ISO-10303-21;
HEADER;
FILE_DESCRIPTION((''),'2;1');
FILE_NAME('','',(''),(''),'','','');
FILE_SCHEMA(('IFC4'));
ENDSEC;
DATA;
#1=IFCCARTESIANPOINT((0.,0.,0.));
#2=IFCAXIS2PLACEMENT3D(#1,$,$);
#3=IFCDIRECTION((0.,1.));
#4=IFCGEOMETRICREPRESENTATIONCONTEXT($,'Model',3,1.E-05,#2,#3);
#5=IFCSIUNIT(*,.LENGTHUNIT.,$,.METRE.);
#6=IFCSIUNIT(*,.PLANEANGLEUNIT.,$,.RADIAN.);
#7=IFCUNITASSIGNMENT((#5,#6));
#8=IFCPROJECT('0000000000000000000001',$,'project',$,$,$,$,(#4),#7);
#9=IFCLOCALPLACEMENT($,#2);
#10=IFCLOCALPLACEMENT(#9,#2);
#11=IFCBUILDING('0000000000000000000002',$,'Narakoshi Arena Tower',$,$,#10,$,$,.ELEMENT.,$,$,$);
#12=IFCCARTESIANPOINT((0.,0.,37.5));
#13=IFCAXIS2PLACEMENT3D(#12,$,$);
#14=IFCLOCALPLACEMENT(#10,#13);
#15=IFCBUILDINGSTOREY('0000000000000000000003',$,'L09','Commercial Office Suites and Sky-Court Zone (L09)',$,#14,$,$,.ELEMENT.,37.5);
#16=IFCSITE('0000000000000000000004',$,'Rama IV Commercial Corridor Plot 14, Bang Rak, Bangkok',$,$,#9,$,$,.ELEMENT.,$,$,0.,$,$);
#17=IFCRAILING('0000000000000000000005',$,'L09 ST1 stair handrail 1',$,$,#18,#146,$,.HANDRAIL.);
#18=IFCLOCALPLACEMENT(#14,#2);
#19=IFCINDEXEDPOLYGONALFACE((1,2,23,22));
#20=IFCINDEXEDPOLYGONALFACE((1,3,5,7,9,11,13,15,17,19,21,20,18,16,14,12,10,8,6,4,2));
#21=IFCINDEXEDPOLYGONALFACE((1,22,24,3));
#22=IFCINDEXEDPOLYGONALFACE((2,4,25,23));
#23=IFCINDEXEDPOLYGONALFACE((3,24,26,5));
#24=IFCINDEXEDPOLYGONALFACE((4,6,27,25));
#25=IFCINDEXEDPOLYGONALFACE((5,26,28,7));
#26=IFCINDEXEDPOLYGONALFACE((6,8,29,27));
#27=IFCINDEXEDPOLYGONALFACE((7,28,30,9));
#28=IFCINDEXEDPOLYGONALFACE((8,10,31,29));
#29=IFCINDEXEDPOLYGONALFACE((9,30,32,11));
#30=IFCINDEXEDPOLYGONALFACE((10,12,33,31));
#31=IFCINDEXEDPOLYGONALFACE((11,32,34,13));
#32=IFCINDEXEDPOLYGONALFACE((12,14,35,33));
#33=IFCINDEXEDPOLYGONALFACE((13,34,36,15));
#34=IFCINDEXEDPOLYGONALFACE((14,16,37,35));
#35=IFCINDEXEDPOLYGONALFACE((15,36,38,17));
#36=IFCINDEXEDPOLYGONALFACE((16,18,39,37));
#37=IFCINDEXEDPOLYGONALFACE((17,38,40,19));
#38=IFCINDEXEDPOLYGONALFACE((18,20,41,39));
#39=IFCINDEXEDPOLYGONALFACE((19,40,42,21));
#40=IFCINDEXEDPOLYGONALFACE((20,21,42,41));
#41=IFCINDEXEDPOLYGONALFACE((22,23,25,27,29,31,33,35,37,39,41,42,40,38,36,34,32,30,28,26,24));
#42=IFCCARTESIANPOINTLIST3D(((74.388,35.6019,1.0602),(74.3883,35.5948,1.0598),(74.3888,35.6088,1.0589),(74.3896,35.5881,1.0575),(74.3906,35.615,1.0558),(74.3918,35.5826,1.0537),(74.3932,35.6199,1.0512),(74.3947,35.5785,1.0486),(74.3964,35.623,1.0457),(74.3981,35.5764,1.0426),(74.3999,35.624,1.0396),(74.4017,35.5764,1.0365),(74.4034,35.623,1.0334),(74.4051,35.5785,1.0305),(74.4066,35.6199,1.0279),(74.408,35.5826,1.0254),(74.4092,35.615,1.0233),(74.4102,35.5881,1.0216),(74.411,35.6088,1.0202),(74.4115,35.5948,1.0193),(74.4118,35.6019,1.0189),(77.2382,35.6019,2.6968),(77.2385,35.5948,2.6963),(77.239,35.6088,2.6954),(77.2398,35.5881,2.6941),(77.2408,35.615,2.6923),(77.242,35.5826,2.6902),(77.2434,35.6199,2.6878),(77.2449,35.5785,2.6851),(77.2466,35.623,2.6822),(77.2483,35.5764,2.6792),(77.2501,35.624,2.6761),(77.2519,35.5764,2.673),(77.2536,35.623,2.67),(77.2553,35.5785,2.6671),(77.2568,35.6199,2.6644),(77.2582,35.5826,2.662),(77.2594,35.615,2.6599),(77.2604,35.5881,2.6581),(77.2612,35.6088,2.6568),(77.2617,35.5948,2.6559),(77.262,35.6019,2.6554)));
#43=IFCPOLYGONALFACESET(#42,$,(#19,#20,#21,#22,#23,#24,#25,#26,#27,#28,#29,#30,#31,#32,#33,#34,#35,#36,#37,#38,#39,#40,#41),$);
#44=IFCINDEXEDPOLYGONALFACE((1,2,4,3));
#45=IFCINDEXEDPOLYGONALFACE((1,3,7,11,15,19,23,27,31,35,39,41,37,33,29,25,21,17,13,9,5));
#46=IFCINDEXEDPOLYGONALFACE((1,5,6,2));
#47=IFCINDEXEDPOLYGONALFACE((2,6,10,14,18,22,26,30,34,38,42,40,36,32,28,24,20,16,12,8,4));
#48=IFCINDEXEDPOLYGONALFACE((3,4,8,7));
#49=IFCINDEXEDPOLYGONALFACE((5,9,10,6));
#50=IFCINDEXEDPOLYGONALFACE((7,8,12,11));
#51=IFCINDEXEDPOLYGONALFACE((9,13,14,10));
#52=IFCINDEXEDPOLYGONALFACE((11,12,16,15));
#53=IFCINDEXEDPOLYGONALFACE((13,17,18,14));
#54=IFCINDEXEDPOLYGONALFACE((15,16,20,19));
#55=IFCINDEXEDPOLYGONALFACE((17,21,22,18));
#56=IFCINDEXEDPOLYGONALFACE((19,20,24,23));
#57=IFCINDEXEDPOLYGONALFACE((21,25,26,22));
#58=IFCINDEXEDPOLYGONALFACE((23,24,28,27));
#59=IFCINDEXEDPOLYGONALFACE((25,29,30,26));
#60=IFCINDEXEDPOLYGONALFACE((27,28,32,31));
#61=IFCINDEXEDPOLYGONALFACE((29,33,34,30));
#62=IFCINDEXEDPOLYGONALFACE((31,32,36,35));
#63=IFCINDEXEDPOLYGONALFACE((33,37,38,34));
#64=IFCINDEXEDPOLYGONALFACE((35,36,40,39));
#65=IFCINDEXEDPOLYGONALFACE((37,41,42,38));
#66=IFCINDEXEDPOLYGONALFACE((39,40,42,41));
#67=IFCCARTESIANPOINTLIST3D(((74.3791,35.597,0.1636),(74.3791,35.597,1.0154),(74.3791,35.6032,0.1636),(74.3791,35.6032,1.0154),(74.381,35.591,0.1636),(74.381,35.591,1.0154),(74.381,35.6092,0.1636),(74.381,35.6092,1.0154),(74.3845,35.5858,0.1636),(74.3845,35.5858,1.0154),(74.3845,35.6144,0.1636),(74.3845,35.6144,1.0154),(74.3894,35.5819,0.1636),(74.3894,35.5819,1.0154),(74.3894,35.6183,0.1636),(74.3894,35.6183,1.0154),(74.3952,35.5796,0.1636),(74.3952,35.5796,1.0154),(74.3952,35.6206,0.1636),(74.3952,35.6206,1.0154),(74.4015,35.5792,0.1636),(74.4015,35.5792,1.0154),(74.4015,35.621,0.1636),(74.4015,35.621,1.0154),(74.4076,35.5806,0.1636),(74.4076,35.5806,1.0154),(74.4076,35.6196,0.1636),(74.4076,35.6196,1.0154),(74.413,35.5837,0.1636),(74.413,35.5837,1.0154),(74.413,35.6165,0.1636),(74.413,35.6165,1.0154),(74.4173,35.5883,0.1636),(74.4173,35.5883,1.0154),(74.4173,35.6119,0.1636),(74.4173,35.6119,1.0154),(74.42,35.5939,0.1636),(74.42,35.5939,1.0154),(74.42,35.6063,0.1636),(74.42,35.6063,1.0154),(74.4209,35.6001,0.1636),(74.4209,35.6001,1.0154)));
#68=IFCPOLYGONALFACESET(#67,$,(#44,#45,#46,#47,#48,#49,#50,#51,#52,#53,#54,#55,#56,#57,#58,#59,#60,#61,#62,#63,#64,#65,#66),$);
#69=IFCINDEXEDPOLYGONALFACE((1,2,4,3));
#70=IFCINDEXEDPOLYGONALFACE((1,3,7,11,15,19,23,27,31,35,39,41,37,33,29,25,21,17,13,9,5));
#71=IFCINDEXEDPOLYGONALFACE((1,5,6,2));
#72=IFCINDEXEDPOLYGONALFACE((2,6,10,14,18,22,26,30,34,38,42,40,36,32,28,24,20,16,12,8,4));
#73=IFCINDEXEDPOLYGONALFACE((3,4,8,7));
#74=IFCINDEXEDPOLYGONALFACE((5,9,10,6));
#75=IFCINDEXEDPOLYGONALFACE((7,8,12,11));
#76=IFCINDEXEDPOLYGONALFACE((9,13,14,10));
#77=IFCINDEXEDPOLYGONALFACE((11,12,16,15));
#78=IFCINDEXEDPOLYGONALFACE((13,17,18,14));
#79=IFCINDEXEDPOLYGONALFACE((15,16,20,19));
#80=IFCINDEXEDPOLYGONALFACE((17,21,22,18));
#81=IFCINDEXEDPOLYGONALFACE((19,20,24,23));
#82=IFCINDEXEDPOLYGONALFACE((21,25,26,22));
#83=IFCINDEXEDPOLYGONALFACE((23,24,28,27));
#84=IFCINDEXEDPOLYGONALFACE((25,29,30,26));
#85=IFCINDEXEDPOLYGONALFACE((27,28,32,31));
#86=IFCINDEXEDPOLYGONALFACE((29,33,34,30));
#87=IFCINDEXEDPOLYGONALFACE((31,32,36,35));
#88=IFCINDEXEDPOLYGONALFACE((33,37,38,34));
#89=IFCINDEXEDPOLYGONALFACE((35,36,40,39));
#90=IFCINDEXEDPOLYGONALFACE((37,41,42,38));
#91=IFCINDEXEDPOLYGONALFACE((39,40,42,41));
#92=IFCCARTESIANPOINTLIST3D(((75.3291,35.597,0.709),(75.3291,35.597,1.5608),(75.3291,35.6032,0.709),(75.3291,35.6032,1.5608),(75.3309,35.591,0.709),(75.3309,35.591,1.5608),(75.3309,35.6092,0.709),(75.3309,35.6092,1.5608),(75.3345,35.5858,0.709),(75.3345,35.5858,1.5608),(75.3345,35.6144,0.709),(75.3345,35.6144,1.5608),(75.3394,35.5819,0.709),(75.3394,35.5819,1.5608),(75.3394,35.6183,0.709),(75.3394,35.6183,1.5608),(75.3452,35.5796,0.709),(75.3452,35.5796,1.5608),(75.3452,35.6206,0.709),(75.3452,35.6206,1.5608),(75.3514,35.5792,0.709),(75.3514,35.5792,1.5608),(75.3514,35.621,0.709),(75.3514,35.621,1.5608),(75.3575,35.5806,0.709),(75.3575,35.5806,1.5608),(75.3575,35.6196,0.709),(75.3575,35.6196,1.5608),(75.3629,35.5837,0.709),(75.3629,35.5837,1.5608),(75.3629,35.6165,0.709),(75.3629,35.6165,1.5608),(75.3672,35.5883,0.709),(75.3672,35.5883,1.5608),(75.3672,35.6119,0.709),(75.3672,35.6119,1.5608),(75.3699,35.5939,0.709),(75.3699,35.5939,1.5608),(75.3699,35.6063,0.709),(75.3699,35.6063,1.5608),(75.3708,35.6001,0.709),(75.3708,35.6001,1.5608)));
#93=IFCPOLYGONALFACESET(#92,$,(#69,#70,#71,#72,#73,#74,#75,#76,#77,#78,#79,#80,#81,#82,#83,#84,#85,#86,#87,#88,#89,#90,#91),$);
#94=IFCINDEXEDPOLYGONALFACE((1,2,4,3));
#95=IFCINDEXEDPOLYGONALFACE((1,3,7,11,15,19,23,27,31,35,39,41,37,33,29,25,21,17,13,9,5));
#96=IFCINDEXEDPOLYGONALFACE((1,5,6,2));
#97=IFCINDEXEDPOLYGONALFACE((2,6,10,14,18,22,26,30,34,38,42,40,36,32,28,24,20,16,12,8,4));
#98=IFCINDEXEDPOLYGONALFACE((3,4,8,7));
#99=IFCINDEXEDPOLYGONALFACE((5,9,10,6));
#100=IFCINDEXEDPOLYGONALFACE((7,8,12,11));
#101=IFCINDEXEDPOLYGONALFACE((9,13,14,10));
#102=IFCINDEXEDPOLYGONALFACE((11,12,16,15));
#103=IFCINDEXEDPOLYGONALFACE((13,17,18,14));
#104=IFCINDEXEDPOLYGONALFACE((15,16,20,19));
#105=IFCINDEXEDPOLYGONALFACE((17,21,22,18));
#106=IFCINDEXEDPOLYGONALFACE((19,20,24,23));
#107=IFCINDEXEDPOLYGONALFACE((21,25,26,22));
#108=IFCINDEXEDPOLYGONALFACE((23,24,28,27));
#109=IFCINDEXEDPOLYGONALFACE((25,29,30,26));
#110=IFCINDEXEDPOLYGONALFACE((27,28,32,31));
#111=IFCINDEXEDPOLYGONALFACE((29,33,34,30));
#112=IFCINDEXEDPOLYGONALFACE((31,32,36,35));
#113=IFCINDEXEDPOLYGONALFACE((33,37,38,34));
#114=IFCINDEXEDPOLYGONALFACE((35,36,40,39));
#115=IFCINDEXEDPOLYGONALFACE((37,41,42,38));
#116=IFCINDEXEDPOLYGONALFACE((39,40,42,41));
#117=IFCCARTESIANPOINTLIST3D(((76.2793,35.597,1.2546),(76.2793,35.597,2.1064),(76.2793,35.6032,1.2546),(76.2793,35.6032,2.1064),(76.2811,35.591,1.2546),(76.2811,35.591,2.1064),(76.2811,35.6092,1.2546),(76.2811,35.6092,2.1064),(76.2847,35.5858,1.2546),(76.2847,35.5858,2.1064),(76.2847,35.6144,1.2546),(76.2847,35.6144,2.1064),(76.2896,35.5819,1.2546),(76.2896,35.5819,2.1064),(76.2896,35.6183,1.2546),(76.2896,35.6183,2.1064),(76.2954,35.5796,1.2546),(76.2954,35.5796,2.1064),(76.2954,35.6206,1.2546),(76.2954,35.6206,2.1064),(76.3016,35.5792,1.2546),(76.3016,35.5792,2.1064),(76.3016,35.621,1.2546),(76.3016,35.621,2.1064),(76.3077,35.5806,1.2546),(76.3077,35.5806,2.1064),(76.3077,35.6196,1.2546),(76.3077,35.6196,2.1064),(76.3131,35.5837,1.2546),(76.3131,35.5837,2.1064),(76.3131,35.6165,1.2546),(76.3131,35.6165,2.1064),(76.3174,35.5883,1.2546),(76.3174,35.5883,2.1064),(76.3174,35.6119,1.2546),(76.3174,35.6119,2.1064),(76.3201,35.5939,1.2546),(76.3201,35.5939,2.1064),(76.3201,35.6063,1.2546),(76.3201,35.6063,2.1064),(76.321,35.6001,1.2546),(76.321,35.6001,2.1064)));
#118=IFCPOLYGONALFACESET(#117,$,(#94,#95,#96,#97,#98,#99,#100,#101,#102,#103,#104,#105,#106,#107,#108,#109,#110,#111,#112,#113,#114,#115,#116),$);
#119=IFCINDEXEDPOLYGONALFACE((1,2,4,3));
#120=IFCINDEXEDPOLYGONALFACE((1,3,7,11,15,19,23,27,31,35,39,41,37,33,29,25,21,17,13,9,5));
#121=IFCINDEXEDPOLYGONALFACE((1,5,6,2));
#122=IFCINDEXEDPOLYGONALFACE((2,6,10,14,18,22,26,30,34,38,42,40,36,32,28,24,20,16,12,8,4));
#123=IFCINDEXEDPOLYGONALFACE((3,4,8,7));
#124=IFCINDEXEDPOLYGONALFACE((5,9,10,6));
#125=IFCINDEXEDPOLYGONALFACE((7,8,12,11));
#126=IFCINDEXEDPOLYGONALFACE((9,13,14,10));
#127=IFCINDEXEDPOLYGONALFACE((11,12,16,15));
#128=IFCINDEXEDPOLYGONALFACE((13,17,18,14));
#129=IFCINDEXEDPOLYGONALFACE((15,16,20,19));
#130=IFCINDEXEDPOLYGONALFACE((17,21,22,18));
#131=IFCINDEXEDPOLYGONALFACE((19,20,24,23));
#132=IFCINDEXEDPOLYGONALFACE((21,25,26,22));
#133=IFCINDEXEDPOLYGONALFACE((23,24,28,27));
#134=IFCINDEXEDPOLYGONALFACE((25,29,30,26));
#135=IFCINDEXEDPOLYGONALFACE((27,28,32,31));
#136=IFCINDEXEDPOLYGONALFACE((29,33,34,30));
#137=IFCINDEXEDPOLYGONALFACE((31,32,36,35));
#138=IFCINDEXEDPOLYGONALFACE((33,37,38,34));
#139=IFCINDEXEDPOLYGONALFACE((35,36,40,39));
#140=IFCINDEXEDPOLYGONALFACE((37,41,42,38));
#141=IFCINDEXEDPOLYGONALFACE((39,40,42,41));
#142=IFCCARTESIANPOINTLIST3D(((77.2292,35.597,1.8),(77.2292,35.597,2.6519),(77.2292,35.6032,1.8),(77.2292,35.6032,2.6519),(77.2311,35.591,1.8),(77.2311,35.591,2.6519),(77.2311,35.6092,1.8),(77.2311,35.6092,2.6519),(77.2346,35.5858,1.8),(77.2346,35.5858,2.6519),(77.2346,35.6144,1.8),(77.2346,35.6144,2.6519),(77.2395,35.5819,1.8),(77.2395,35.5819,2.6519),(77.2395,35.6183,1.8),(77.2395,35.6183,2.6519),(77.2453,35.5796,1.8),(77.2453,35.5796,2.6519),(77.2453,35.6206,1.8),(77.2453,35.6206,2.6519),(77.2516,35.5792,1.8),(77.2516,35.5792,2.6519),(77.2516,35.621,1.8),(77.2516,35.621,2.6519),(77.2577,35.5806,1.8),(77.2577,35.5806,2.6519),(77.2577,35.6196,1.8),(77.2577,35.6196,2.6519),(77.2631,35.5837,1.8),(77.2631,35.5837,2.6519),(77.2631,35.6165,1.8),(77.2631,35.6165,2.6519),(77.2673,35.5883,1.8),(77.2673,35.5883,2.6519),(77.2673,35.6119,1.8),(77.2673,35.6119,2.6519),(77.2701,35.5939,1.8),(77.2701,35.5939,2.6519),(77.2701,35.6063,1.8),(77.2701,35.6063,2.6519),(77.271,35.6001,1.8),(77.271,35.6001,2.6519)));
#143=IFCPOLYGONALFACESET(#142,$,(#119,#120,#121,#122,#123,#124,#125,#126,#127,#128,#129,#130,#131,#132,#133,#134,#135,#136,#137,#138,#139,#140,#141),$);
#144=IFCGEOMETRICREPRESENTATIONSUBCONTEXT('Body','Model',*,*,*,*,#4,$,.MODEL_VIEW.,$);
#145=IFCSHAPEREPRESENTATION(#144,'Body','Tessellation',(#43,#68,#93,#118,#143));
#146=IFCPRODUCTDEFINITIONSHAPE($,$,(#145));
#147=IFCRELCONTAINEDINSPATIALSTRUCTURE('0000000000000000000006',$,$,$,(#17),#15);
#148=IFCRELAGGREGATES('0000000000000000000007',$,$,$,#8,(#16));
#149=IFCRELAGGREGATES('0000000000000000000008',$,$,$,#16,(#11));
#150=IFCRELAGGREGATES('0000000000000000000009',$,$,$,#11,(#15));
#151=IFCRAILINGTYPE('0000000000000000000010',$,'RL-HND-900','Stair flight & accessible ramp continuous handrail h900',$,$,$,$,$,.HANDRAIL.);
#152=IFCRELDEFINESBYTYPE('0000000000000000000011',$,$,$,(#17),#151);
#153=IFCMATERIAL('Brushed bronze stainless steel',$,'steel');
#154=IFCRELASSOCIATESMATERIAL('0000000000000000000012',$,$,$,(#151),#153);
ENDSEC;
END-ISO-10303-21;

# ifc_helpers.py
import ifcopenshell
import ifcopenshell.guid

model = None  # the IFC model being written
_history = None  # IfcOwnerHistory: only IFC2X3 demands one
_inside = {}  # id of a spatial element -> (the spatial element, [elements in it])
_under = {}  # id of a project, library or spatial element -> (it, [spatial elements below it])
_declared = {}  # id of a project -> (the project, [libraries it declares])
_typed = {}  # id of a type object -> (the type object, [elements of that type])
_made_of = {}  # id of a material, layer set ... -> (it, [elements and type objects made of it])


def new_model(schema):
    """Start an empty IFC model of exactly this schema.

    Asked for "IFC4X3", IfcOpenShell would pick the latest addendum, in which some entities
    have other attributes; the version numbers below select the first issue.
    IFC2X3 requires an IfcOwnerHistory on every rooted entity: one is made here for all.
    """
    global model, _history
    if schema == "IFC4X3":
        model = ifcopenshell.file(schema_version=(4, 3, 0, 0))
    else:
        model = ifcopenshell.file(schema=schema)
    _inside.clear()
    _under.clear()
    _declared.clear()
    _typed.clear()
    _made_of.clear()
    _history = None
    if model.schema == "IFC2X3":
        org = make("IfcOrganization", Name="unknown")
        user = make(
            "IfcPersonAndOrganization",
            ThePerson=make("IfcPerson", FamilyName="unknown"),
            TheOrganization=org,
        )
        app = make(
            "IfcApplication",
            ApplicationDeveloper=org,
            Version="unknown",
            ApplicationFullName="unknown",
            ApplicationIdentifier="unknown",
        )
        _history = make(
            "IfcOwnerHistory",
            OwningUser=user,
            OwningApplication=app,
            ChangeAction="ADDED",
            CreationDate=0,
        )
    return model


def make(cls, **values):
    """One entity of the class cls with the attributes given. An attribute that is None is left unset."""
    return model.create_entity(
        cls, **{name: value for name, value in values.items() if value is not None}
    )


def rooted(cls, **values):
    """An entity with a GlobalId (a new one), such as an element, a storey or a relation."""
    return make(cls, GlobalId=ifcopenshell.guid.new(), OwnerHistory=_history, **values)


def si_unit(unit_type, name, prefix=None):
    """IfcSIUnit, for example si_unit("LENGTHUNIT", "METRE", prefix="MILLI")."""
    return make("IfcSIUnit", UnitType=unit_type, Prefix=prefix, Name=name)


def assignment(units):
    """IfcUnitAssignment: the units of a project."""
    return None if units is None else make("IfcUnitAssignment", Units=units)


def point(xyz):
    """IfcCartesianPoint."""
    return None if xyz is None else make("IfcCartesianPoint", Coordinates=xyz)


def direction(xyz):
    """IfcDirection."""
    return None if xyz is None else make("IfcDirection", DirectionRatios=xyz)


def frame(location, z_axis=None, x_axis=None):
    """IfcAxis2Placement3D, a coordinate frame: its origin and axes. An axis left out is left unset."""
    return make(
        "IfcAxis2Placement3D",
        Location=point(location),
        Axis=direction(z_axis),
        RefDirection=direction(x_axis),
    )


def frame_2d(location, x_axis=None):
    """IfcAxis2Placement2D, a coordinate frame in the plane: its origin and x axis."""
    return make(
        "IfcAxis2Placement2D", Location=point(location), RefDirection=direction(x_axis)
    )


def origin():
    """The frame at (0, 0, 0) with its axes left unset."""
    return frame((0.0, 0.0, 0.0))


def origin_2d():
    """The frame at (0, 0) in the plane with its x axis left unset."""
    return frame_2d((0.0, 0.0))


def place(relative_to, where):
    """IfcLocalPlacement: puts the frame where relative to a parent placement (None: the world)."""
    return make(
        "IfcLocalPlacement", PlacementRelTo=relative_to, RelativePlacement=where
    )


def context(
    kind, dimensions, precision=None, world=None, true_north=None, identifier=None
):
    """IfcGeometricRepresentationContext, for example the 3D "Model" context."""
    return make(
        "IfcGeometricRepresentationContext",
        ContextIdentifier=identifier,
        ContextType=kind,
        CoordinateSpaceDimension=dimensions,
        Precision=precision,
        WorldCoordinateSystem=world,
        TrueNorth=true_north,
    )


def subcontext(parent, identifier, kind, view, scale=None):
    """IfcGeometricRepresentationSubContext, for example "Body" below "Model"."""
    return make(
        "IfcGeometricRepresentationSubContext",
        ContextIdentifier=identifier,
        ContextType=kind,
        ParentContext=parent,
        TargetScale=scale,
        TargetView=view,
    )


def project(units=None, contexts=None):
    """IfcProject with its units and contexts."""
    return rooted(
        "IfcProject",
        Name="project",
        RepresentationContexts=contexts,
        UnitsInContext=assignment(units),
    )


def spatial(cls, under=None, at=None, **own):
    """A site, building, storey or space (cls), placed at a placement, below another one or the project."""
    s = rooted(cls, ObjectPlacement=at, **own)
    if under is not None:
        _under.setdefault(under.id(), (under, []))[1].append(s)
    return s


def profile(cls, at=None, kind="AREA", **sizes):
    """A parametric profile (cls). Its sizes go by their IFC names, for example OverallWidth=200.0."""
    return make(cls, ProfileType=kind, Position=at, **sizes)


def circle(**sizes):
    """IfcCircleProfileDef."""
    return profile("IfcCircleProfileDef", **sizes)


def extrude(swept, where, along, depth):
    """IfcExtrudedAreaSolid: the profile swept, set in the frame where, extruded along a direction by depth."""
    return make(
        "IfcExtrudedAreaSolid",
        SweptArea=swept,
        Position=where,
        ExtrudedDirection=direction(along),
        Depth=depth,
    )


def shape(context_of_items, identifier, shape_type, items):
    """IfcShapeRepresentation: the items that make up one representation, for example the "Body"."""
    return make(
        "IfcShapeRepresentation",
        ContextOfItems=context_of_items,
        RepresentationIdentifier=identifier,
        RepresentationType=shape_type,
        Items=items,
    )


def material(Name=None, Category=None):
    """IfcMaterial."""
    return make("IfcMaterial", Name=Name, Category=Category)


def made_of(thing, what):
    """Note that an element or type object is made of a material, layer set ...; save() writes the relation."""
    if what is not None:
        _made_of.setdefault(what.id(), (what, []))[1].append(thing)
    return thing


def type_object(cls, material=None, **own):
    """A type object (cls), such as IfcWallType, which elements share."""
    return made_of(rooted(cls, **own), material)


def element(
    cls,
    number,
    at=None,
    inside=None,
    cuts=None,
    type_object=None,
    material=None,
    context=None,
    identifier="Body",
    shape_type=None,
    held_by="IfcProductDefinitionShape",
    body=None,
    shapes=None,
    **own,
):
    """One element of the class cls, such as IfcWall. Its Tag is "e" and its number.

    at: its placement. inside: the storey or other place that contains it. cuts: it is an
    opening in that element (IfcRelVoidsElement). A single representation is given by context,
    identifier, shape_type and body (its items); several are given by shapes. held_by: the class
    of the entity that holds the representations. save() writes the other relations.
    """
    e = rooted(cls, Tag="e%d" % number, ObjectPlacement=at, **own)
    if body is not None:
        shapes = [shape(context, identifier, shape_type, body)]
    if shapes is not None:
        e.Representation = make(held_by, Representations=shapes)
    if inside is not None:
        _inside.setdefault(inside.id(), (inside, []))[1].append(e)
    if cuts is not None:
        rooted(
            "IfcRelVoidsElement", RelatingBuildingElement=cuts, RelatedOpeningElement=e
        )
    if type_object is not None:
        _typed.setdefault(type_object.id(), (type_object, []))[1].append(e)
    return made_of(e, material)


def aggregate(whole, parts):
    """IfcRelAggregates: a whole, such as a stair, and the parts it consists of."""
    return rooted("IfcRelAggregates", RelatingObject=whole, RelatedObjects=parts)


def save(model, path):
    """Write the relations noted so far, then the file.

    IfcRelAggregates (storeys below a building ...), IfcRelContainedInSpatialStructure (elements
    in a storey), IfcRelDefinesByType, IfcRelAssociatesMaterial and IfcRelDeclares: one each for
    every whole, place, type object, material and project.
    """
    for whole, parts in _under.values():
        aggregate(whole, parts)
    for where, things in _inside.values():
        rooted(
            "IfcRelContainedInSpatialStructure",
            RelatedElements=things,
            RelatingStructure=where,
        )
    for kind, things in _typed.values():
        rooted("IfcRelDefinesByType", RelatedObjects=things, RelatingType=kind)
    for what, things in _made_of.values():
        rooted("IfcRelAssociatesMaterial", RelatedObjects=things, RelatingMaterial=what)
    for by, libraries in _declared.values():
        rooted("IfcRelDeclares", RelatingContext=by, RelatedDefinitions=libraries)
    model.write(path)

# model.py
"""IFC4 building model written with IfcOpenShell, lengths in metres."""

from ifc_helpers import new_model, si_unit, direction, frame, origin, origin_2d, place, context, subcontext, project, spatial, circle, extrude, material, type_object, element, save


model = new_model("IFC4")

# Units and contexts
model_context = context("Model", 3, precision=1e-05, world=origin(), true_north=direction((0.0, 1.0)))
body_context = subcontext(model_context, "Body", "Model", "MODEL_VIEW")
ifc_project = project(units=[si_unit("LENGTHUNIT", "METRE"), si_unit("PLANEANGLEUNIT", "RADIAN")], contexts=[model_context])

# Site, building, storey
site_placement = place(None, origin())
site = spatial("IfcSite", under=ifc_project, at=site_placement, Name="Rama IV Commercial Corridor Plot 14, Bang Rak, Bangkok", CompositionType="ELEMENT", RefElevation=0.0)
building_placement = place(site_placement, origin())
building = spatial("IfcBuilding", under=site, at=building_placement, Name="Narakoshi Arena Tower", CompositionType="ELEMENT")
storey_placement = place(building_placement, frame((0.0, 0.0, 37.5)))
storey = spatial("IfcBuildingStorey", under=building, at=storey_placement, Name="L09", Description="Commercial Office Suites and Sky-Court Zone (L09)", CompositionType="ELEMENT", Elevation=37.5)

# Shared definitions
ifc_material_1 = material(Name="Brushed bronze stainless steel", Category="steel")

# Railing
railing_type_1 = type_object("IfcRailingType", Name="RL-HND-900", Description="Stair flight & accessible ramp continuous handrail h900", PredefinedType="HANDRAIL", material=ifc_material_1)
railing_1_placement = place(storey_placement, frame((74.3999, 35.6001, 0.1636)))
element("IfcRailing", 1, at=railing_1_placement, inside=storey, type_object=railing_type_1, Name="L09 ST1 stair handrail 1", PredefinedType="HANDRAIL", context=body_context, shape_type="SweptSolid", body=[
    extrude(circle(Radius=0.0239, at=origin_2d()), frame((0.0, 0.0, 0.876), z_axis=(0.867213, 0.0, 0.497938), x_axis=(0.0, 1.0, 0.0)), (0.0, 0.0, 1.0), 3.2866),
    extrude(circle(Radius=0.021, at=origin_2d()), origin(), (0.0, 0.0, 1.0), 0.8518),
    extrude(circle(Radius=0.021, at=origin_2d()), frame((0.95, 0.0, 0.5454)), (0.0, 0.0, 1.0), 0.8518),
    extrude(circle(Radius=0.021, at=origin_2d()), frame((1.9001, 0.0, 1.0911)), (0.0, 0.0, 1.0), 0.8518),
    extrude(circle(Radius=0.021, at=origin_2d()), frame((2.8501, 0.0, 1.6365)), (0.0, 0.0, 1.0), 0.8518),
])

save(model, "model.ifc")
